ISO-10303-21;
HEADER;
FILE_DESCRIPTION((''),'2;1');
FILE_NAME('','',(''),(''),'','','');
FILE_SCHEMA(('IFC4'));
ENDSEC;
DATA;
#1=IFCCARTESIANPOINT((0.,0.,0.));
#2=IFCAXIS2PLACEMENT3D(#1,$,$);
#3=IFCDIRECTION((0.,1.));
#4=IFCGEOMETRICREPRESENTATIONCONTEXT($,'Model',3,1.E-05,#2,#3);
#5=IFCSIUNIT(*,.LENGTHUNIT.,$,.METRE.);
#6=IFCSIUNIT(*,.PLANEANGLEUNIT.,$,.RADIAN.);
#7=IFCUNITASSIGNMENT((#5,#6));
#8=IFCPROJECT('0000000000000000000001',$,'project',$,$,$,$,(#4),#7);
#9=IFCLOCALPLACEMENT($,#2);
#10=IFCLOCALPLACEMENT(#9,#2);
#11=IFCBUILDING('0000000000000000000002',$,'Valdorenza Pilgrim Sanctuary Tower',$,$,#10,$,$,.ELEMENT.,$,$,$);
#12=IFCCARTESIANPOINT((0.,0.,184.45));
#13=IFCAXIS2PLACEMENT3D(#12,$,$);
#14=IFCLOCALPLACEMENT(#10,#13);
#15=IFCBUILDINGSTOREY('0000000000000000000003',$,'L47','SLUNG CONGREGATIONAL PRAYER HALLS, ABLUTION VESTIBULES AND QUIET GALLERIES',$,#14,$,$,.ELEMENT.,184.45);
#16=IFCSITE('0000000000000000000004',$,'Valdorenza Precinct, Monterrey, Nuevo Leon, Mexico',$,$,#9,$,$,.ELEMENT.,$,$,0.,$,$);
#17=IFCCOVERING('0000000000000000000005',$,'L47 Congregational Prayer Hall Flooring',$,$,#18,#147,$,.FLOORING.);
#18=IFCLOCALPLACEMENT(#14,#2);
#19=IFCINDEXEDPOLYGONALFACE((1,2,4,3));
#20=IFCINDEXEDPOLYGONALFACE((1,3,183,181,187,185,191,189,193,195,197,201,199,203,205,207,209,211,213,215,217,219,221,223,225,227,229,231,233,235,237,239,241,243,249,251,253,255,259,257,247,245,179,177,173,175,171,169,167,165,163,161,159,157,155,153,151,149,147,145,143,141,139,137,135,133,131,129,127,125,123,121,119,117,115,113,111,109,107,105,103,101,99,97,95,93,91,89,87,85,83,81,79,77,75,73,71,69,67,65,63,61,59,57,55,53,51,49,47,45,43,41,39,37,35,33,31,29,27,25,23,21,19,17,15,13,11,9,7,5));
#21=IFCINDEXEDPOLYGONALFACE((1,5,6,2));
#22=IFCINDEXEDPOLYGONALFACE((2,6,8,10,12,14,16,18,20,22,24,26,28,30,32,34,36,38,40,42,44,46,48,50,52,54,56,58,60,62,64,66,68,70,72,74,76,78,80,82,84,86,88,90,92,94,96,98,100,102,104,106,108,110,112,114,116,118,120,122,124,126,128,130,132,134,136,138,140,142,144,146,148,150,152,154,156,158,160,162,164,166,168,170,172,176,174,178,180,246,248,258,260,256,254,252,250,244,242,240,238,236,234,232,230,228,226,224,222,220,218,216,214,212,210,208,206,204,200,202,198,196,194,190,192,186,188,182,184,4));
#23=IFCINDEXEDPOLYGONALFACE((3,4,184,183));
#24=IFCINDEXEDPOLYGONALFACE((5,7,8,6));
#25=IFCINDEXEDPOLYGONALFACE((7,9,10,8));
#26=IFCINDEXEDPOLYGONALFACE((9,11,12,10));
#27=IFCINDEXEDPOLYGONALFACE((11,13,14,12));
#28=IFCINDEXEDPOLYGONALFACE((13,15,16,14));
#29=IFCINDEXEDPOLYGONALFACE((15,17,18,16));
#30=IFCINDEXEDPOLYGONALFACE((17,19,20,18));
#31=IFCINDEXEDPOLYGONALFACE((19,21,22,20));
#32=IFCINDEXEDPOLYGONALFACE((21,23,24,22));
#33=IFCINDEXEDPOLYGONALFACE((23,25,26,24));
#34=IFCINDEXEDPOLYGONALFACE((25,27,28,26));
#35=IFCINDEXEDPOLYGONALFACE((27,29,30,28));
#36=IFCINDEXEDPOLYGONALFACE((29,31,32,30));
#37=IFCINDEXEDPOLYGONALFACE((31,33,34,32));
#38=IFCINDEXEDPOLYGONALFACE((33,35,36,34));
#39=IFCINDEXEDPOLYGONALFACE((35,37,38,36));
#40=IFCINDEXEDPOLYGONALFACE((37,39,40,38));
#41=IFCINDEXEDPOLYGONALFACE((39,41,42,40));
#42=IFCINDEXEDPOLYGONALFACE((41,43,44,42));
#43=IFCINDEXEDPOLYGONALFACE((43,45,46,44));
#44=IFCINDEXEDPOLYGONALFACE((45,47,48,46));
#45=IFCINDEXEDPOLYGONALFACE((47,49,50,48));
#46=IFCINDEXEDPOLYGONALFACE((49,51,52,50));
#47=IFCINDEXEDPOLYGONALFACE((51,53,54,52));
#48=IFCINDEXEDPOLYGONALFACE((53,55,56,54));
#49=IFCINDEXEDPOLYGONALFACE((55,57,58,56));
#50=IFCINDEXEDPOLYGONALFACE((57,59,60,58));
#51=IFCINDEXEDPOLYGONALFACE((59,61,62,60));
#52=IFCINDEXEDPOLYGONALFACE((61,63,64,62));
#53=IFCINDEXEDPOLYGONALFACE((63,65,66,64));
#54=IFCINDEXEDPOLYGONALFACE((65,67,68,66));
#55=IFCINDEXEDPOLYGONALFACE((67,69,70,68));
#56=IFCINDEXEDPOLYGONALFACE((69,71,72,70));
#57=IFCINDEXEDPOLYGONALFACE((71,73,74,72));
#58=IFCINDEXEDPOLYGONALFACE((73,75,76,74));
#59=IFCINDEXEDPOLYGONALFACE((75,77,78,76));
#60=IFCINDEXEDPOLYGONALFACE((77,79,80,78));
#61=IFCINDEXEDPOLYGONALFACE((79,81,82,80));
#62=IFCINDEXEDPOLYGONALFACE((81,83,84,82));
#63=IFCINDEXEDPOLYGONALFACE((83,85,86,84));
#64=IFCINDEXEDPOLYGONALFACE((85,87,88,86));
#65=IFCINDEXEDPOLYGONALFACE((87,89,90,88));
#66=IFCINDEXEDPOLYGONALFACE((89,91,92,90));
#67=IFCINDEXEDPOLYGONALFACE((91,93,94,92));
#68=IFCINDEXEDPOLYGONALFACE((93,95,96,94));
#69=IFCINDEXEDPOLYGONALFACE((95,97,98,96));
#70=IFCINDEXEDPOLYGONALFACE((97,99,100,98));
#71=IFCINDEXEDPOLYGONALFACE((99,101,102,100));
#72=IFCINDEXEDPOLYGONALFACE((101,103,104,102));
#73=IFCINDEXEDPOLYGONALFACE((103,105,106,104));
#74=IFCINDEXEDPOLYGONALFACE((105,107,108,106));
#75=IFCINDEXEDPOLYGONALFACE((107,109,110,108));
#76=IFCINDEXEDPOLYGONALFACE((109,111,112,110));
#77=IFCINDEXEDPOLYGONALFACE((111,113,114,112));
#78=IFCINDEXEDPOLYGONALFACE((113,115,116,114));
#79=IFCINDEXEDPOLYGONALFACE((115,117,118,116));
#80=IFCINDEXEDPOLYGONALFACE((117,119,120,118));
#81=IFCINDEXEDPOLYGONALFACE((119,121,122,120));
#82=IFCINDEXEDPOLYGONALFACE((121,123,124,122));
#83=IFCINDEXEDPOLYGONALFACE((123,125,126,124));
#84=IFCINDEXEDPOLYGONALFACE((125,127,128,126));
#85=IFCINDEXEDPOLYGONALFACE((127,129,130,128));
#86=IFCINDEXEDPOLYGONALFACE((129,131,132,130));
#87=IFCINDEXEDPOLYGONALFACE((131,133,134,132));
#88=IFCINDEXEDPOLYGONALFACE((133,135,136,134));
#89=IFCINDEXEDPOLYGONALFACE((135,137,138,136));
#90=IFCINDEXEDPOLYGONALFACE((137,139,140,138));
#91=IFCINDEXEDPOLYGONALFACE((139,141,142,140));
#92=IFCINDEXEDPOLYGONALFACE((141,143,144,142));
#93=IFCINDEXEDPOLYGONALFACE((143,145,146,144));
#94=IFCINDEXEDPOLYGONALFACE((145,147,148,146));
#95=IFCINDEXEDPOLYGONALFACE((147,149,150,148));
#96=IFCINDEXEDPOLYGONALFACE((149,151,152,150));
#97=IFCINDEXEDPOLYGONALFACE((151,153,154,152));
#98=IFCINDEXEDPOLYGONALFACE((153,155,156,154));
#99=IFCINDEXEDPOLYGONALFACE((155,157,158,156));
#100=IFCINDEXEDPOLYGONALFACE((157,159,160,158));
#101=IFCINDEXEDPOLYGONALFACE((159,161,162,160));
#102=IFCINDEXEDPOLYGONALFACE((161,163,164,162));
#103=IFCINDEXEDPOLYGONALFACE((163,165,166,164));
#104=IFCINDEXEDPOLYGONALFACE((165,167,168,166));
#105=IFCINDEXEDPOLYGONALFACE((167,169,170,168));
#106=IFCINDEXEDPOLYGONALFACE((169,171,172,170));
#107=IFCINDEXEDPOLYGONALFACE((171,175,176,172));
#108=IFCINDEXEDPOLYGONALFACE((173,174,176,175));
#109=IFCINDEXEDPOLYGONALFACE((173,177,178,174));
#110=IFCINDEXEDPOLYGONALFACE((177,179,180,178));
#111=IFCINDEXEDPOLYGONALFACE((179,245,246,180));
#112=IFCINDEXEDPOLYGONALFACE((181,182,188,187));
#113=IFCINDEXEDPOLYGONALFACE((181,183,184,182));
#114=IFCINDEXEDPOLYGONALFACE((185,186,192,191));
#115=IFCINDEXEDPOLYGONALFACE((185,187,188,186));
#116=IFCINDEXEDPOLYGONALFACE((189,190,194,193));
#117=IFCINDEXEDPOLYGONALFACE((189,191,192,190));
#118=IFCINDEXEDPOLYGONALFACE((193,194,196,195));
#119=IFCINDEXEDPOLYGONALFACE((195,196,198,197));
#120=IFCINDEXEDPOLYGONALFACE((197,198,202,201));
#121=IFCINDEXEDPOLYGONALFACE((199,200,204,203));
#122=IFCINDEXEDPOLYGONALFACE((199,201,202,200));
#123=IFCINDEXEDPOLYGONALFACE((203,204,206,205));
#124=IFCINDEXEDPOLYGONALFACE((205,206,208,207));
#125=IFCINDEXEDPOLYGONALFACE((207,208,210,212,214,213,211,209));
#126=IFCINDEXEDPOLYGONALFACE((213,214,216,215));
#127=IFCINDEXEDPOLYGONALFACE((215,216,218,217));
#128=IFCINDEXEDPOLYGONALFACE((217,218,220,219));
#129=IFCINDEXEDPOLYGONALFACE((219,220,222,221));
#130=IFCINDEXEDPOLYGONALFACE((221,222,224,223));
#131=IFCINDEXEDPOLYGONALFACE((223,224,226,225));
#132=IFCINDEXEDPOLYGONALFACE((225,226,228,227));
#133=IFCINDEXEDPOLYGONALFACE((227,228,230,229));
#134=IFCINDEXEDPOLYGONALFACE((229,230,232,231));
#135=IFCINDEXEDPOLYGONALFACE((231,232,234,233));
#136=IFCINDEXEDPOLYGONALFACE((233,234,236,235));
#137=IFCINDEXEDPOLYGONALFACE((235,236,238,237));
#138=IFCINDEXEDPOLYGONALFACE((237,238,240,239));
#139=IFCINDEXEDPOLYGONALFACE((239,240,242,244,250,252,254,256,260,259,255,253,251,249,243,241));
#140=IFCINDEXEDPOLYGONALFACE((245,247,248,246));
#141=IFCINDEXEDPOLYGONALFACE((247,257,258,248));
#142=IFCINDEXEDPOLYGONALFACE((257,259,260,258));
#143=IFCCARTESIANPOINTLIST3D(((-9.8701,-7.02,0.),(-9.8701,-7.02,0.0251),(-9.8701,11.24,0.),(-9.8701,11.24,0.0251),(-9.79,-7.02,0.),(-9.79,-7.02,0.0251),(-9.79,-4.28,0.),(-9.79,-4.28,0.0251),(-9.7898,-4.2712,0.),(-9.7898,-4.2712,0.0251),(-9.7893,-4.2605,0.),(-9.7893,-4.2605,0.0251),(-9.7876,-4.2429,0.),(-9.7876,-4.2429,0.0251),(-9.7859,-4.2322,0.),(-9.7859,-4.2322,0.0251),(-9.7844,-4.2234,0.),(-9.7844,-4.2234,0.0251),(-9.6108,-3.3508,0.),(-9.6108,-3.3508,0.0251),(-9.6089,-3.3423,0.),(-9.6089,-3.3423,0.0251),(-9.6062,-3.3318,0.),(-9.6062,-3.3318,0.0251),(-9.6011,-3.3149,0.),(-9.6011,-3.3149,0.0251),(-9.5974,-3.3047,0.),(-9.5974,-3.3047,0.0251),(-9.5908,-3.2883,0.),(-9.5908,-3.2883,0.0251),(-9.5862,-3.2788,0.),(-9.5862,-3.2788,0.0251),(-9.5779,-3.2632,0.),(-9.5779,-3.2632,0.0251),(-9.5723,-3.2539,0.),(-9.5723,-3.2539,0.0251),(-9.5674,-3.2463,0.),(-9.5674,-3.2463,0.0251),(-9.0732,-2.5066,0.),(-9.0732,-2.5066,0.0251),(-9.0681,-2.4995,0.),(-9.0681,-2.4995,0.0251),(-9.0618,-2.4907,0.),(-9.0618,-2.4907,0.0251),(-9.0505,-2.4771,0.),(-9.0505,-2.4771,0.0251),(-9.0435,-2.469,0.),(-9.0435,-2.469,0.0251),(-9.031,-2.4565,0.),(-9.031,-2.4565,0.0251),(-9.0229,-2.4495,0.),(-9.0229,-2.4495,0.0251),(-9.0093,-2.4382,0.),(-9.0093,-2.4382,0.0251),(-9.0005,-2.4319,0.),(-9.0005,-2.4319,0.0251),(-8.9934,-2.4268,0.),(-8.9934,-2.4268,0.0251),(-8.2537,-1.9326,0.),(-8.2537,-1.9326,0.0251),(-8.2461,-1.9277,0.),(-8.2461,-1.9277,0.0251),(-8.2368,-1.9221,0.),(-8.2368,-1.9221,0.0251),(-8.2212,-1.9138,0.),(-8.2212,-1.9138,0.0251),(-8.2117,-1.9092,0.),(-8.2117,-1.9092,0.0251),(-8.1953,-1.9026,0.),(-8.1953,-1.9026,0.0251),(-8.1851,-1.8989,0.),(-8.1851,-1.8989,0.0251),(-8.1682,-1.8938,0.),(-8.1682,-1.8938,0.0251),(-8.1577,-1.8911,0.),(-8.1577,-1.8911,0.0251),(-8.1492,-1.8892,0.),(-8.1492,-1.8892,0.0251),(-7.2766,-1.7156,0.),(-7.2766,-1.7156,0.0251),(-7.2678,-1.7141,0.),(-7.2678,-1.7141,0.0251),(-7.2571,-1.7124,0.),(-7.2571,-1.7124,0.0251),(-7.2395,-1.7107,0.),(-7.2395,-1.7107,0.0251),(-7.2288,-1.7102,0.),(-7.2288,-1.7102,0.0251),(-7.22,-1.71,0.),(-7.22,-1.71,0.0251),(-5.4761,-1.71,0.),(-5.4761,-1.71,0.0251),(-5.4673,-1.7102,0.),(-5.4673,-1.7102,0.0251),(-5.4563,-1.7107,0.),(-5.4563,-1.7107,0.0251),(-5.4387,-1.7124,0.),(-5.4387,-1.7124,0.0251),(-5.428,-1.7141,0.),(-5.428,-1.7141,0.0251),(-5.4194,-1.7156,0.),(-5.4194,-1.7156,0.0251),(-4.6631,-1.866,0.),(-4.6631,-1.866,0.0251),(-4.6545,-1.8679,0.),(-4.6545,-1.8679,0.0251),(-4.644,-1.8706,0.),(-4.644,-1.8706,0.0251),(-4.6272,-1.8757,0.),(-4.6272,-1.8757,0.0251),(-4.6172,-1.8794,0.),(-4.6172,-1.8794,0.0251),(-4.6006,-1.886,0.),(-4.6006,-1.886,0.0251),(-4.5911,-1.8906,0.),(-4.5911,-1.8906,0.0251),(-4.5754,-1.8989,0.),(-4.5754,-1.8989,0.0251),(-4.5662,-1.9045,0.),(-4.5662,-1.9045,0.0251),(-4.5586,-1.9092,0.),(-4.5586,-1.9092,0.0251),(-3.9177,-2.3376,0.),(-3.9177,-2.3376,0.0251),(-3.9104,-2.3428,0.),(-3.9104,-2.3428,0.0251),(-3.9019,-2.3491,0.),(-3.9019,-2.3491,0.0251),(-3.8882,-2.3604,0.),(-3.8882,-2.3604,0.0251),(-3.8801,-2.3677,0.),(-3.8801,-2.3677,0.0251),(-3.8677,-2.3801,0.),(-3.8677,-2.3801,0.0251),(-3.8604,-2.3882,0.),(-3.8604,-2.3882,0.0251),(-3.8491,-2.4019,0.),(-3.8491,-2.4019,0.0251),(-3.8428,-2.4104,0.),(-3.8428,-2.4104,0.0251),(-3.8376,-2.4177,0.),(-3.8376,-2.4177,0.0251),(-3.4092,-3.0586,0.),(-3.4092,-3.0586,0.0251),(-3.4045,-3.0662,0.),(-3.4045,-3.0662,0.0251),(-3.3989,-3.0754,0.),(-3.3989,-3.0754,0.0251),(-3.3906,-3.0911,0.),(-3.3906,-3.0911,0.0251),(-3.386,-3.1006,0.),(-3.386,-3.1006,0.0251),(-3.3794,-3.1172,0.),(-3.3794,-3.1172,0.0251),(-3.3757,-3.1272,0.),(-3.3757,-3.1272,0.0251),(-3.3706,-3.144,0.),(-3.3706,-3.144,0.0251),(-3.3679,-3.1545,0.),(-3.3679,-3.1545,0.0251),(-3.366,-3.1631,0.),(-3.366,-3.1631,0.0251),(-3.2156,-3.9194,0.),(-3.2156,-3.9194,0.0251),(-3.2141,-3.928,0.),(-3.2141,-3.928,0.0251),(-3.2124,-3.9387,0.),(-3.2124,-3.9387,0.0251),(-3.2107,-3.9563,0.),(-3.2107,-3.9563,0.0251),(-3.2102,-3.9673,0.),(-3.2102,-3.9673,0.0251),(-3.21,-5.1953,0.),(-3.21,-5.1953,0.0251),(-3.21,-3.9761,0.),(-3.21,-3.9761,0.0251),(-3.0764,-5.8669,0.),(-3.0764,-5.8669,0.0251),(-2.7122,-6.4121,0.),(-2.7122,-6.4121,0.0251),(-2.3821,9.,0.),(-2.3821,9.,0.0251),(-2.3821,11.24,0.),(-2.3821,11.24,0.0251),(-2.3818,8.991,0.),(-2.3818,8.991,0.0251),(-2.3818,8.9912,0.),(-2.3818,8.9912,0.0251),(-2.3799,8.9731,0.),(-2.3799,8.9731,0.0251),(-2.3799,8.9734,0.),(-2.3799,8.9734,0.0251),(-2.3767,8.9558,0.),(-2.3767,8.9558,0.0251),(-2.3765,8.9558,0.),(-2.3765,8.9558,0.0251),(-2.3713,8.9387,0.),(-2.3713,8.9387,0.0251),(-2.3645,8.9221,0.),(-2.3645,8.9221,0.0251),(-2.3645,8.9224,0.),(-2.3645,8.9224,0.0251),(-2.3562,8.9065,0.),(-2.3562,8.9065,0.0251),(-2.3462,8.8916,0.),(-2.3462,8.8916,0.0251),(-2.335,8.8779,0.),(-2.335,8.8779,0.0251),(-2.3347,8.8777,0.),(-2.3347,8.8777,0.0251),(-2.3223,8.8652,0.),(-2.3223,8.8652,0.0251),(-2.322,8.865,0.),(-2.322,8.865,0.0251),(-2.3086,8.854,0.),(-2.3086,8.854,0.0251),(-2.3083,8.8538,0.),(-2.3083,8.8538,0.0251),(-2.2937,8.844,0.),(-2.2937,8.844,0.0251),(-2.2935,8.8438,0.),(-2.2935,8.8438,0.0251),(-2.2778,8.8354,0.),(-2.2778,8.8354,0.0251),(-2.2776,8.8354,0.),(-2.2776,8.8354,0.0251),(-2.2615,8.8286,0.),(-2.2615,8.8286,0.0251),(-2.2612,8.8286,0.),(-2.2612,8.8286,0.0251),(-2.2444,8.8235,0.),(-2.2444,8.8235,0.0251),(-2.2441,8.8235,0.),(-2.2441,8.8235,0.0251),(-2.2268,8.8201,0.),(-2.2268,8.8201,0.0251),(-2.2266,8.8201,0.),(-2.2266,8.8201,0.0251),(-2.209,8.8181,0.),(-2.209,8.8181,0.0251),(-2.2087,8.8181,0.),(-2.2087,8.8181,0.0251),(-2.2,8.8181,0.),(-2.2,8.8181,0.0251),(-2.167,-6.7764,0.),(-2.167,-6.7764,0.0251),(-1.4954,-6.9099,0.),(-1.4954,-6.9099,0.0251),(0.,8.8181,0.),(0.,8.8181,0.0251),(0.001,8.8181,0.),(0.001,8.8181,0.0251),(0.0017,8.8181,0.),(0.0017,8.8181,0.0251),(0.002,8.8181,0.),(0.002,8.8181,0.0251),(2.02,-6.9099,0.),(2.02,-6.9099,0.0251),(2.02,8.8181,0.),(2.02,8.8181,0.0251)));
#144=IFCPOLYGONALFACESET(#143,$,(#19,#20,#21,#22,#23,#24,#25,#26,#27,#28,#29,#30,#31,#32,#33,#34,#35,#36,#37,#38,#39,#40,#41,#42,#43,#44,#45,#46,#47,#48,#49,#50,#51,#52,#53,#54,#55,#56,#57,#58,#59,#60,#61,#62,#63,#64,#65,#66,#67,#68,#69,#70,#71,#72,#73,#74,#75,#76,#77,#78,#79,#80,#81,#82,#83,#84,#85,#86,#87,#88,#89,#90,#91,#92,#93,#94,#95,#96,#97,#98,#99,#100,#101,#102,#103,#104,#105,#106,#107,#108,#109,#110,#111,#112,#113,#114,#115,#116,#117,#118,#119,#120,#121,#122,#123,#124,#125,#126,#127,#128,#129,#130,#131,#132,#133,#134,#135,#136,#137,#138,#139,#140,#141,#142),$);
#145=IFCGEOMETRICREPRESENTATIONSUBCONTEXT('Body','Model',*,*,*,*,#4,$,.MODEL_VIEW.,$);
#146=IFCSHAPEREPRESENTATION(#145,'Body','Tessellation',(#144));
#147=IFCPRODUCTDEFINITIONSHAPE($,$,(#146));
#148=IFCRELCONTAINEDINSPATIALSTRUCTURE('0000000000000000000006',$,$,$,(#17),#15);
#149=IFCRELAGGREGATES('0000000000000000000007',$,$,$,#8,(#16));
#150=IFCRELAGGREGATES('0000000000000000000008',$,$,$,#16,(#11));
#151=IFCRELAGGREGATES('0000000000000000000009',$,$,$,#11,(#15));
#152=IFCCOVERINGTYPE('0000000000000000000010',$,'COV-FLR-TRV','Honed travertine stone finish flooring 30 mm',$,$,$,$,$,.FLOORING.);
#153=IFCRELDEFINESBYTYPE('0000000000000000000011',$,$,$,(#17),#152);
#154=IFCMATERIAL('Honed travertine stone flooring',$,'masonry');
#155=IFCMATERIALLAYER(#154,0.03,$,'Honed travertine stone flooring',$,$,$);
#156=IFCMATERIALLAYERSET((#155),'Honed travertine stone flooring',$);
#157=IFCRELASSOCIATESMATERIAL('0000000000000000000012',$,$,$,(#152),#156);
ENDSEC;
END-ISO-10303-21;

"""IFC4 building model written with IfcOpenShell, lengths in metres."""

from ifc_helpers import new_model, si_unit, direction, frame, origin, place, context, subcontext, project, spatial, polyline, outline, extrude, material, layer, layer_set, type_object, element, save


model = new_model("IFC4")

# Units and contexts
model_context = context("Model", 3, precision=1e-05, world=origin(), true_north=direction((0.0, 1.0)))
body_context = subcontext(model_context, "Body", "Model", "MODEL_VIEW")
ifc_project = project(units=[si_unit("LENGTHUNIT", "METRE"), si_unit("PLANEANGLEUNIT", "RADIAN")], contexts=[model_context])

# Site, building, storey
site_placement = place(None, origin())
site = spatial("IfcSite", under=ifc_project, at=site_placement, Name="Valdorenza Precinct, Monterrey, Nuevo Leon, Mexico", CompositionType="ELEMENT", RefElevation=0.0)
building_placement = place(site_placement, origin())
building = spatial("IfcBuilding", under=site, at=building_placement, Name="Valdorenza Pilgrim Sanctuary Tower", CompositionType="ELEMENT")
storey_placement = place(building_placement, frame((0.0, 0.0, 184.45)))
storey = spatial("IfcBuildingStorey", under=building, at=storey_placement, Name="L47", Description="SLUNG CONGREGATIONAL PRAYER HALLS, ABLUTION VESTIBULES AND QUIET GALLERIES", CompositionType="ELEMENT", Elevation=184.45)

# Covering
ifc_material_1 = material(Name="Honed travertine stone flooring", Category="masonry")
ifc_layer_1 = layer(ifc_material_1, 0.03, Name="Honed travertine stone flooring")
ifc_layer_set_1 = layer_set([ifc_layer_1], Name="Honed travertine stone flooring")
covering_type_1 = type_object("IfcCoveringType", Name="COV-FLR-TRV", Description="Honed travertine stone finish flooring 30 mm", PredefinedType="FLOORING", material=ifc_layer_set_1)
covering_1_placement = place(storey_placement, origin())
element("IfcCovering", 1, at=covering_1_placement, inside=storey, type_object=covering_type_1, Name="L47 Congregational Prayer Hall Flooring", PredefinedType="FLOORING", context=body_context, shape_type="SweptSolid", body=[
    extrude(outline(polyline([(-9.8701, 11.24), (-2.3821, 11.24), (-2.3821, 9.0), (-2.3818, 8.9912), (-2.3818, 8.991), (-2.3799, 8.9734), (-2.3799, 8.9731), (-2.3767, 8.9558), (-2.3765, 8.9558), (-2.3713, 8.9387), (-2.3713, 8.9387), (-2.3645, 8.9224), (-2.3645, 8.9221), (-2.3562, 8.9065), (-2.3562, 8.9065), (-2.3462, 8.8916), (-2.3462, 8.8916), (-2.335, 8.8779), (-2.3347, 8.8777), (-2.3223, 8.8652), (-2.322, 8.865), (-2.3086, 8.854), (-2.3083, 8.8538), (-2.2937, 8.844), (-2.2935, 8.8438), (-2.2778, 8.8354), (-2.2776, 8.8354), (-2.2615, 8.8286), (-2.2612, 8.8286), (-2.2444, 8.8235), (-2.2441, 8.8235), (-2.2268, 8.8201), (-2.2266, 8.8201), (-2.209, 8.8181), (-2.2087, 8.8181), (-2.2, 8.8181), (0.0, 8.8181), (0.001, 8.8181), (0.0017, 8.8181), (0.002, 8.8181), (2.02, 8.8181), (2.02, -6.9099), (-1.4954, -6.9099), (-2.167, -6.7764), (-2.7122, -6.4121), (-3.0764, -5.8669), (-3.21, -5.1953), (-3.21, -3.9761), (-3.2102, -3.9673), (-3.2107, -3.9563), (-3.2124, -3.9387), (-3.2141, -3.928), (-3.2156, -3.9194), (-3.366, -3.1631), (-3.3679, -3.1545), (-3.3706, -3.144), (-3.3757, -3.1272), (-3.3794, -3.1172), (-3.386, -3.1006), (-3.3906, -3.0911), (-3.3989, -3.0754), (-3.4045, -3.0662), (-3.4092, -3.0586), (-3.8376, -2.4177), (-3.8428, -2.4104), (-3.8491, -2.4019), (-3.8604, -2.3882), (-3.8677, -2.3801), (-3.8801, -2.3677), (-3.8882, -2.3604), (-3.9019, -2.3491), (-3.9104, -2.3428), (-3.9177, -2.3376), (-4.5586, -1.9092), (-4.5662, -1.9045), (-4.5754, -1.8989), (-4.5911, -1.8906), (-4.6006, -1.886), (-4.6172, -1.8794), (-4.6272, -1.8757), (-4.644, -1.8706), (-4.6545, -1.8679), (-4.6631, -1.866), (-5.4194, -1.7156), (-5.428, -1.7141), (-5.4387, -1.7124), (-5.4563, -1.7107), (-5.4673, -1.7102), (-5.4761, -1.71), (-7.22, -1.71), (-7.2288, -1.7102), (-7.2395, -1.7107), (-7.2571, -1.7124), (-7.2678, -1.7141), (-7.2766, -1.7156), (-8.1492, -1.8892), (-8.1577, -1.8911), (-8.1682, -1.8938), (-8.1851, -1.8989), (-8.1953, -1.9026), (-8.2117, -1.9092), (-8.2212, -1.9138), (-8.2368, -1.9221), (-8.2461, -1.9277), (-8.2537, -1.9326), (-8.9934, -2.4268), (-9.0005, -2.4319), (-9.0093, -2.4382), (-9.0229, -2.4495), (-9.031, -2.4565), (-9.0435, -2.469), (-9.0505, -2.4771), (-9.0618, -2.4907), (-9.0681, -2.4995), (-9.0732, -2.5066), (-9.5674, -3.2463), (-9.5723, -3.2539), (-9.5779, -3.2632), (-9.5862, -3.2788), (-9.5908, -3.2883), (-9.5974, -3.3047), (-9.6011, -3.3149), (-9.6062, -3.3318), (-9.6089, -3.3423), (-9.6108, -3.3508), (-9.7844, -4.2234), (-9.7859, -4.2322), (-9.7876, -4.2429), (-9.7893, -4.2605), (-9.7898, -4.2712), (-9.79, -4.28), (-9.79, -7.02), (-9.8701, -7.02), (-9.8701, 11.24)])), origin(), (0.0, 0.0, 1.0), 0.0251),
])

save(model, "model.ifc")
